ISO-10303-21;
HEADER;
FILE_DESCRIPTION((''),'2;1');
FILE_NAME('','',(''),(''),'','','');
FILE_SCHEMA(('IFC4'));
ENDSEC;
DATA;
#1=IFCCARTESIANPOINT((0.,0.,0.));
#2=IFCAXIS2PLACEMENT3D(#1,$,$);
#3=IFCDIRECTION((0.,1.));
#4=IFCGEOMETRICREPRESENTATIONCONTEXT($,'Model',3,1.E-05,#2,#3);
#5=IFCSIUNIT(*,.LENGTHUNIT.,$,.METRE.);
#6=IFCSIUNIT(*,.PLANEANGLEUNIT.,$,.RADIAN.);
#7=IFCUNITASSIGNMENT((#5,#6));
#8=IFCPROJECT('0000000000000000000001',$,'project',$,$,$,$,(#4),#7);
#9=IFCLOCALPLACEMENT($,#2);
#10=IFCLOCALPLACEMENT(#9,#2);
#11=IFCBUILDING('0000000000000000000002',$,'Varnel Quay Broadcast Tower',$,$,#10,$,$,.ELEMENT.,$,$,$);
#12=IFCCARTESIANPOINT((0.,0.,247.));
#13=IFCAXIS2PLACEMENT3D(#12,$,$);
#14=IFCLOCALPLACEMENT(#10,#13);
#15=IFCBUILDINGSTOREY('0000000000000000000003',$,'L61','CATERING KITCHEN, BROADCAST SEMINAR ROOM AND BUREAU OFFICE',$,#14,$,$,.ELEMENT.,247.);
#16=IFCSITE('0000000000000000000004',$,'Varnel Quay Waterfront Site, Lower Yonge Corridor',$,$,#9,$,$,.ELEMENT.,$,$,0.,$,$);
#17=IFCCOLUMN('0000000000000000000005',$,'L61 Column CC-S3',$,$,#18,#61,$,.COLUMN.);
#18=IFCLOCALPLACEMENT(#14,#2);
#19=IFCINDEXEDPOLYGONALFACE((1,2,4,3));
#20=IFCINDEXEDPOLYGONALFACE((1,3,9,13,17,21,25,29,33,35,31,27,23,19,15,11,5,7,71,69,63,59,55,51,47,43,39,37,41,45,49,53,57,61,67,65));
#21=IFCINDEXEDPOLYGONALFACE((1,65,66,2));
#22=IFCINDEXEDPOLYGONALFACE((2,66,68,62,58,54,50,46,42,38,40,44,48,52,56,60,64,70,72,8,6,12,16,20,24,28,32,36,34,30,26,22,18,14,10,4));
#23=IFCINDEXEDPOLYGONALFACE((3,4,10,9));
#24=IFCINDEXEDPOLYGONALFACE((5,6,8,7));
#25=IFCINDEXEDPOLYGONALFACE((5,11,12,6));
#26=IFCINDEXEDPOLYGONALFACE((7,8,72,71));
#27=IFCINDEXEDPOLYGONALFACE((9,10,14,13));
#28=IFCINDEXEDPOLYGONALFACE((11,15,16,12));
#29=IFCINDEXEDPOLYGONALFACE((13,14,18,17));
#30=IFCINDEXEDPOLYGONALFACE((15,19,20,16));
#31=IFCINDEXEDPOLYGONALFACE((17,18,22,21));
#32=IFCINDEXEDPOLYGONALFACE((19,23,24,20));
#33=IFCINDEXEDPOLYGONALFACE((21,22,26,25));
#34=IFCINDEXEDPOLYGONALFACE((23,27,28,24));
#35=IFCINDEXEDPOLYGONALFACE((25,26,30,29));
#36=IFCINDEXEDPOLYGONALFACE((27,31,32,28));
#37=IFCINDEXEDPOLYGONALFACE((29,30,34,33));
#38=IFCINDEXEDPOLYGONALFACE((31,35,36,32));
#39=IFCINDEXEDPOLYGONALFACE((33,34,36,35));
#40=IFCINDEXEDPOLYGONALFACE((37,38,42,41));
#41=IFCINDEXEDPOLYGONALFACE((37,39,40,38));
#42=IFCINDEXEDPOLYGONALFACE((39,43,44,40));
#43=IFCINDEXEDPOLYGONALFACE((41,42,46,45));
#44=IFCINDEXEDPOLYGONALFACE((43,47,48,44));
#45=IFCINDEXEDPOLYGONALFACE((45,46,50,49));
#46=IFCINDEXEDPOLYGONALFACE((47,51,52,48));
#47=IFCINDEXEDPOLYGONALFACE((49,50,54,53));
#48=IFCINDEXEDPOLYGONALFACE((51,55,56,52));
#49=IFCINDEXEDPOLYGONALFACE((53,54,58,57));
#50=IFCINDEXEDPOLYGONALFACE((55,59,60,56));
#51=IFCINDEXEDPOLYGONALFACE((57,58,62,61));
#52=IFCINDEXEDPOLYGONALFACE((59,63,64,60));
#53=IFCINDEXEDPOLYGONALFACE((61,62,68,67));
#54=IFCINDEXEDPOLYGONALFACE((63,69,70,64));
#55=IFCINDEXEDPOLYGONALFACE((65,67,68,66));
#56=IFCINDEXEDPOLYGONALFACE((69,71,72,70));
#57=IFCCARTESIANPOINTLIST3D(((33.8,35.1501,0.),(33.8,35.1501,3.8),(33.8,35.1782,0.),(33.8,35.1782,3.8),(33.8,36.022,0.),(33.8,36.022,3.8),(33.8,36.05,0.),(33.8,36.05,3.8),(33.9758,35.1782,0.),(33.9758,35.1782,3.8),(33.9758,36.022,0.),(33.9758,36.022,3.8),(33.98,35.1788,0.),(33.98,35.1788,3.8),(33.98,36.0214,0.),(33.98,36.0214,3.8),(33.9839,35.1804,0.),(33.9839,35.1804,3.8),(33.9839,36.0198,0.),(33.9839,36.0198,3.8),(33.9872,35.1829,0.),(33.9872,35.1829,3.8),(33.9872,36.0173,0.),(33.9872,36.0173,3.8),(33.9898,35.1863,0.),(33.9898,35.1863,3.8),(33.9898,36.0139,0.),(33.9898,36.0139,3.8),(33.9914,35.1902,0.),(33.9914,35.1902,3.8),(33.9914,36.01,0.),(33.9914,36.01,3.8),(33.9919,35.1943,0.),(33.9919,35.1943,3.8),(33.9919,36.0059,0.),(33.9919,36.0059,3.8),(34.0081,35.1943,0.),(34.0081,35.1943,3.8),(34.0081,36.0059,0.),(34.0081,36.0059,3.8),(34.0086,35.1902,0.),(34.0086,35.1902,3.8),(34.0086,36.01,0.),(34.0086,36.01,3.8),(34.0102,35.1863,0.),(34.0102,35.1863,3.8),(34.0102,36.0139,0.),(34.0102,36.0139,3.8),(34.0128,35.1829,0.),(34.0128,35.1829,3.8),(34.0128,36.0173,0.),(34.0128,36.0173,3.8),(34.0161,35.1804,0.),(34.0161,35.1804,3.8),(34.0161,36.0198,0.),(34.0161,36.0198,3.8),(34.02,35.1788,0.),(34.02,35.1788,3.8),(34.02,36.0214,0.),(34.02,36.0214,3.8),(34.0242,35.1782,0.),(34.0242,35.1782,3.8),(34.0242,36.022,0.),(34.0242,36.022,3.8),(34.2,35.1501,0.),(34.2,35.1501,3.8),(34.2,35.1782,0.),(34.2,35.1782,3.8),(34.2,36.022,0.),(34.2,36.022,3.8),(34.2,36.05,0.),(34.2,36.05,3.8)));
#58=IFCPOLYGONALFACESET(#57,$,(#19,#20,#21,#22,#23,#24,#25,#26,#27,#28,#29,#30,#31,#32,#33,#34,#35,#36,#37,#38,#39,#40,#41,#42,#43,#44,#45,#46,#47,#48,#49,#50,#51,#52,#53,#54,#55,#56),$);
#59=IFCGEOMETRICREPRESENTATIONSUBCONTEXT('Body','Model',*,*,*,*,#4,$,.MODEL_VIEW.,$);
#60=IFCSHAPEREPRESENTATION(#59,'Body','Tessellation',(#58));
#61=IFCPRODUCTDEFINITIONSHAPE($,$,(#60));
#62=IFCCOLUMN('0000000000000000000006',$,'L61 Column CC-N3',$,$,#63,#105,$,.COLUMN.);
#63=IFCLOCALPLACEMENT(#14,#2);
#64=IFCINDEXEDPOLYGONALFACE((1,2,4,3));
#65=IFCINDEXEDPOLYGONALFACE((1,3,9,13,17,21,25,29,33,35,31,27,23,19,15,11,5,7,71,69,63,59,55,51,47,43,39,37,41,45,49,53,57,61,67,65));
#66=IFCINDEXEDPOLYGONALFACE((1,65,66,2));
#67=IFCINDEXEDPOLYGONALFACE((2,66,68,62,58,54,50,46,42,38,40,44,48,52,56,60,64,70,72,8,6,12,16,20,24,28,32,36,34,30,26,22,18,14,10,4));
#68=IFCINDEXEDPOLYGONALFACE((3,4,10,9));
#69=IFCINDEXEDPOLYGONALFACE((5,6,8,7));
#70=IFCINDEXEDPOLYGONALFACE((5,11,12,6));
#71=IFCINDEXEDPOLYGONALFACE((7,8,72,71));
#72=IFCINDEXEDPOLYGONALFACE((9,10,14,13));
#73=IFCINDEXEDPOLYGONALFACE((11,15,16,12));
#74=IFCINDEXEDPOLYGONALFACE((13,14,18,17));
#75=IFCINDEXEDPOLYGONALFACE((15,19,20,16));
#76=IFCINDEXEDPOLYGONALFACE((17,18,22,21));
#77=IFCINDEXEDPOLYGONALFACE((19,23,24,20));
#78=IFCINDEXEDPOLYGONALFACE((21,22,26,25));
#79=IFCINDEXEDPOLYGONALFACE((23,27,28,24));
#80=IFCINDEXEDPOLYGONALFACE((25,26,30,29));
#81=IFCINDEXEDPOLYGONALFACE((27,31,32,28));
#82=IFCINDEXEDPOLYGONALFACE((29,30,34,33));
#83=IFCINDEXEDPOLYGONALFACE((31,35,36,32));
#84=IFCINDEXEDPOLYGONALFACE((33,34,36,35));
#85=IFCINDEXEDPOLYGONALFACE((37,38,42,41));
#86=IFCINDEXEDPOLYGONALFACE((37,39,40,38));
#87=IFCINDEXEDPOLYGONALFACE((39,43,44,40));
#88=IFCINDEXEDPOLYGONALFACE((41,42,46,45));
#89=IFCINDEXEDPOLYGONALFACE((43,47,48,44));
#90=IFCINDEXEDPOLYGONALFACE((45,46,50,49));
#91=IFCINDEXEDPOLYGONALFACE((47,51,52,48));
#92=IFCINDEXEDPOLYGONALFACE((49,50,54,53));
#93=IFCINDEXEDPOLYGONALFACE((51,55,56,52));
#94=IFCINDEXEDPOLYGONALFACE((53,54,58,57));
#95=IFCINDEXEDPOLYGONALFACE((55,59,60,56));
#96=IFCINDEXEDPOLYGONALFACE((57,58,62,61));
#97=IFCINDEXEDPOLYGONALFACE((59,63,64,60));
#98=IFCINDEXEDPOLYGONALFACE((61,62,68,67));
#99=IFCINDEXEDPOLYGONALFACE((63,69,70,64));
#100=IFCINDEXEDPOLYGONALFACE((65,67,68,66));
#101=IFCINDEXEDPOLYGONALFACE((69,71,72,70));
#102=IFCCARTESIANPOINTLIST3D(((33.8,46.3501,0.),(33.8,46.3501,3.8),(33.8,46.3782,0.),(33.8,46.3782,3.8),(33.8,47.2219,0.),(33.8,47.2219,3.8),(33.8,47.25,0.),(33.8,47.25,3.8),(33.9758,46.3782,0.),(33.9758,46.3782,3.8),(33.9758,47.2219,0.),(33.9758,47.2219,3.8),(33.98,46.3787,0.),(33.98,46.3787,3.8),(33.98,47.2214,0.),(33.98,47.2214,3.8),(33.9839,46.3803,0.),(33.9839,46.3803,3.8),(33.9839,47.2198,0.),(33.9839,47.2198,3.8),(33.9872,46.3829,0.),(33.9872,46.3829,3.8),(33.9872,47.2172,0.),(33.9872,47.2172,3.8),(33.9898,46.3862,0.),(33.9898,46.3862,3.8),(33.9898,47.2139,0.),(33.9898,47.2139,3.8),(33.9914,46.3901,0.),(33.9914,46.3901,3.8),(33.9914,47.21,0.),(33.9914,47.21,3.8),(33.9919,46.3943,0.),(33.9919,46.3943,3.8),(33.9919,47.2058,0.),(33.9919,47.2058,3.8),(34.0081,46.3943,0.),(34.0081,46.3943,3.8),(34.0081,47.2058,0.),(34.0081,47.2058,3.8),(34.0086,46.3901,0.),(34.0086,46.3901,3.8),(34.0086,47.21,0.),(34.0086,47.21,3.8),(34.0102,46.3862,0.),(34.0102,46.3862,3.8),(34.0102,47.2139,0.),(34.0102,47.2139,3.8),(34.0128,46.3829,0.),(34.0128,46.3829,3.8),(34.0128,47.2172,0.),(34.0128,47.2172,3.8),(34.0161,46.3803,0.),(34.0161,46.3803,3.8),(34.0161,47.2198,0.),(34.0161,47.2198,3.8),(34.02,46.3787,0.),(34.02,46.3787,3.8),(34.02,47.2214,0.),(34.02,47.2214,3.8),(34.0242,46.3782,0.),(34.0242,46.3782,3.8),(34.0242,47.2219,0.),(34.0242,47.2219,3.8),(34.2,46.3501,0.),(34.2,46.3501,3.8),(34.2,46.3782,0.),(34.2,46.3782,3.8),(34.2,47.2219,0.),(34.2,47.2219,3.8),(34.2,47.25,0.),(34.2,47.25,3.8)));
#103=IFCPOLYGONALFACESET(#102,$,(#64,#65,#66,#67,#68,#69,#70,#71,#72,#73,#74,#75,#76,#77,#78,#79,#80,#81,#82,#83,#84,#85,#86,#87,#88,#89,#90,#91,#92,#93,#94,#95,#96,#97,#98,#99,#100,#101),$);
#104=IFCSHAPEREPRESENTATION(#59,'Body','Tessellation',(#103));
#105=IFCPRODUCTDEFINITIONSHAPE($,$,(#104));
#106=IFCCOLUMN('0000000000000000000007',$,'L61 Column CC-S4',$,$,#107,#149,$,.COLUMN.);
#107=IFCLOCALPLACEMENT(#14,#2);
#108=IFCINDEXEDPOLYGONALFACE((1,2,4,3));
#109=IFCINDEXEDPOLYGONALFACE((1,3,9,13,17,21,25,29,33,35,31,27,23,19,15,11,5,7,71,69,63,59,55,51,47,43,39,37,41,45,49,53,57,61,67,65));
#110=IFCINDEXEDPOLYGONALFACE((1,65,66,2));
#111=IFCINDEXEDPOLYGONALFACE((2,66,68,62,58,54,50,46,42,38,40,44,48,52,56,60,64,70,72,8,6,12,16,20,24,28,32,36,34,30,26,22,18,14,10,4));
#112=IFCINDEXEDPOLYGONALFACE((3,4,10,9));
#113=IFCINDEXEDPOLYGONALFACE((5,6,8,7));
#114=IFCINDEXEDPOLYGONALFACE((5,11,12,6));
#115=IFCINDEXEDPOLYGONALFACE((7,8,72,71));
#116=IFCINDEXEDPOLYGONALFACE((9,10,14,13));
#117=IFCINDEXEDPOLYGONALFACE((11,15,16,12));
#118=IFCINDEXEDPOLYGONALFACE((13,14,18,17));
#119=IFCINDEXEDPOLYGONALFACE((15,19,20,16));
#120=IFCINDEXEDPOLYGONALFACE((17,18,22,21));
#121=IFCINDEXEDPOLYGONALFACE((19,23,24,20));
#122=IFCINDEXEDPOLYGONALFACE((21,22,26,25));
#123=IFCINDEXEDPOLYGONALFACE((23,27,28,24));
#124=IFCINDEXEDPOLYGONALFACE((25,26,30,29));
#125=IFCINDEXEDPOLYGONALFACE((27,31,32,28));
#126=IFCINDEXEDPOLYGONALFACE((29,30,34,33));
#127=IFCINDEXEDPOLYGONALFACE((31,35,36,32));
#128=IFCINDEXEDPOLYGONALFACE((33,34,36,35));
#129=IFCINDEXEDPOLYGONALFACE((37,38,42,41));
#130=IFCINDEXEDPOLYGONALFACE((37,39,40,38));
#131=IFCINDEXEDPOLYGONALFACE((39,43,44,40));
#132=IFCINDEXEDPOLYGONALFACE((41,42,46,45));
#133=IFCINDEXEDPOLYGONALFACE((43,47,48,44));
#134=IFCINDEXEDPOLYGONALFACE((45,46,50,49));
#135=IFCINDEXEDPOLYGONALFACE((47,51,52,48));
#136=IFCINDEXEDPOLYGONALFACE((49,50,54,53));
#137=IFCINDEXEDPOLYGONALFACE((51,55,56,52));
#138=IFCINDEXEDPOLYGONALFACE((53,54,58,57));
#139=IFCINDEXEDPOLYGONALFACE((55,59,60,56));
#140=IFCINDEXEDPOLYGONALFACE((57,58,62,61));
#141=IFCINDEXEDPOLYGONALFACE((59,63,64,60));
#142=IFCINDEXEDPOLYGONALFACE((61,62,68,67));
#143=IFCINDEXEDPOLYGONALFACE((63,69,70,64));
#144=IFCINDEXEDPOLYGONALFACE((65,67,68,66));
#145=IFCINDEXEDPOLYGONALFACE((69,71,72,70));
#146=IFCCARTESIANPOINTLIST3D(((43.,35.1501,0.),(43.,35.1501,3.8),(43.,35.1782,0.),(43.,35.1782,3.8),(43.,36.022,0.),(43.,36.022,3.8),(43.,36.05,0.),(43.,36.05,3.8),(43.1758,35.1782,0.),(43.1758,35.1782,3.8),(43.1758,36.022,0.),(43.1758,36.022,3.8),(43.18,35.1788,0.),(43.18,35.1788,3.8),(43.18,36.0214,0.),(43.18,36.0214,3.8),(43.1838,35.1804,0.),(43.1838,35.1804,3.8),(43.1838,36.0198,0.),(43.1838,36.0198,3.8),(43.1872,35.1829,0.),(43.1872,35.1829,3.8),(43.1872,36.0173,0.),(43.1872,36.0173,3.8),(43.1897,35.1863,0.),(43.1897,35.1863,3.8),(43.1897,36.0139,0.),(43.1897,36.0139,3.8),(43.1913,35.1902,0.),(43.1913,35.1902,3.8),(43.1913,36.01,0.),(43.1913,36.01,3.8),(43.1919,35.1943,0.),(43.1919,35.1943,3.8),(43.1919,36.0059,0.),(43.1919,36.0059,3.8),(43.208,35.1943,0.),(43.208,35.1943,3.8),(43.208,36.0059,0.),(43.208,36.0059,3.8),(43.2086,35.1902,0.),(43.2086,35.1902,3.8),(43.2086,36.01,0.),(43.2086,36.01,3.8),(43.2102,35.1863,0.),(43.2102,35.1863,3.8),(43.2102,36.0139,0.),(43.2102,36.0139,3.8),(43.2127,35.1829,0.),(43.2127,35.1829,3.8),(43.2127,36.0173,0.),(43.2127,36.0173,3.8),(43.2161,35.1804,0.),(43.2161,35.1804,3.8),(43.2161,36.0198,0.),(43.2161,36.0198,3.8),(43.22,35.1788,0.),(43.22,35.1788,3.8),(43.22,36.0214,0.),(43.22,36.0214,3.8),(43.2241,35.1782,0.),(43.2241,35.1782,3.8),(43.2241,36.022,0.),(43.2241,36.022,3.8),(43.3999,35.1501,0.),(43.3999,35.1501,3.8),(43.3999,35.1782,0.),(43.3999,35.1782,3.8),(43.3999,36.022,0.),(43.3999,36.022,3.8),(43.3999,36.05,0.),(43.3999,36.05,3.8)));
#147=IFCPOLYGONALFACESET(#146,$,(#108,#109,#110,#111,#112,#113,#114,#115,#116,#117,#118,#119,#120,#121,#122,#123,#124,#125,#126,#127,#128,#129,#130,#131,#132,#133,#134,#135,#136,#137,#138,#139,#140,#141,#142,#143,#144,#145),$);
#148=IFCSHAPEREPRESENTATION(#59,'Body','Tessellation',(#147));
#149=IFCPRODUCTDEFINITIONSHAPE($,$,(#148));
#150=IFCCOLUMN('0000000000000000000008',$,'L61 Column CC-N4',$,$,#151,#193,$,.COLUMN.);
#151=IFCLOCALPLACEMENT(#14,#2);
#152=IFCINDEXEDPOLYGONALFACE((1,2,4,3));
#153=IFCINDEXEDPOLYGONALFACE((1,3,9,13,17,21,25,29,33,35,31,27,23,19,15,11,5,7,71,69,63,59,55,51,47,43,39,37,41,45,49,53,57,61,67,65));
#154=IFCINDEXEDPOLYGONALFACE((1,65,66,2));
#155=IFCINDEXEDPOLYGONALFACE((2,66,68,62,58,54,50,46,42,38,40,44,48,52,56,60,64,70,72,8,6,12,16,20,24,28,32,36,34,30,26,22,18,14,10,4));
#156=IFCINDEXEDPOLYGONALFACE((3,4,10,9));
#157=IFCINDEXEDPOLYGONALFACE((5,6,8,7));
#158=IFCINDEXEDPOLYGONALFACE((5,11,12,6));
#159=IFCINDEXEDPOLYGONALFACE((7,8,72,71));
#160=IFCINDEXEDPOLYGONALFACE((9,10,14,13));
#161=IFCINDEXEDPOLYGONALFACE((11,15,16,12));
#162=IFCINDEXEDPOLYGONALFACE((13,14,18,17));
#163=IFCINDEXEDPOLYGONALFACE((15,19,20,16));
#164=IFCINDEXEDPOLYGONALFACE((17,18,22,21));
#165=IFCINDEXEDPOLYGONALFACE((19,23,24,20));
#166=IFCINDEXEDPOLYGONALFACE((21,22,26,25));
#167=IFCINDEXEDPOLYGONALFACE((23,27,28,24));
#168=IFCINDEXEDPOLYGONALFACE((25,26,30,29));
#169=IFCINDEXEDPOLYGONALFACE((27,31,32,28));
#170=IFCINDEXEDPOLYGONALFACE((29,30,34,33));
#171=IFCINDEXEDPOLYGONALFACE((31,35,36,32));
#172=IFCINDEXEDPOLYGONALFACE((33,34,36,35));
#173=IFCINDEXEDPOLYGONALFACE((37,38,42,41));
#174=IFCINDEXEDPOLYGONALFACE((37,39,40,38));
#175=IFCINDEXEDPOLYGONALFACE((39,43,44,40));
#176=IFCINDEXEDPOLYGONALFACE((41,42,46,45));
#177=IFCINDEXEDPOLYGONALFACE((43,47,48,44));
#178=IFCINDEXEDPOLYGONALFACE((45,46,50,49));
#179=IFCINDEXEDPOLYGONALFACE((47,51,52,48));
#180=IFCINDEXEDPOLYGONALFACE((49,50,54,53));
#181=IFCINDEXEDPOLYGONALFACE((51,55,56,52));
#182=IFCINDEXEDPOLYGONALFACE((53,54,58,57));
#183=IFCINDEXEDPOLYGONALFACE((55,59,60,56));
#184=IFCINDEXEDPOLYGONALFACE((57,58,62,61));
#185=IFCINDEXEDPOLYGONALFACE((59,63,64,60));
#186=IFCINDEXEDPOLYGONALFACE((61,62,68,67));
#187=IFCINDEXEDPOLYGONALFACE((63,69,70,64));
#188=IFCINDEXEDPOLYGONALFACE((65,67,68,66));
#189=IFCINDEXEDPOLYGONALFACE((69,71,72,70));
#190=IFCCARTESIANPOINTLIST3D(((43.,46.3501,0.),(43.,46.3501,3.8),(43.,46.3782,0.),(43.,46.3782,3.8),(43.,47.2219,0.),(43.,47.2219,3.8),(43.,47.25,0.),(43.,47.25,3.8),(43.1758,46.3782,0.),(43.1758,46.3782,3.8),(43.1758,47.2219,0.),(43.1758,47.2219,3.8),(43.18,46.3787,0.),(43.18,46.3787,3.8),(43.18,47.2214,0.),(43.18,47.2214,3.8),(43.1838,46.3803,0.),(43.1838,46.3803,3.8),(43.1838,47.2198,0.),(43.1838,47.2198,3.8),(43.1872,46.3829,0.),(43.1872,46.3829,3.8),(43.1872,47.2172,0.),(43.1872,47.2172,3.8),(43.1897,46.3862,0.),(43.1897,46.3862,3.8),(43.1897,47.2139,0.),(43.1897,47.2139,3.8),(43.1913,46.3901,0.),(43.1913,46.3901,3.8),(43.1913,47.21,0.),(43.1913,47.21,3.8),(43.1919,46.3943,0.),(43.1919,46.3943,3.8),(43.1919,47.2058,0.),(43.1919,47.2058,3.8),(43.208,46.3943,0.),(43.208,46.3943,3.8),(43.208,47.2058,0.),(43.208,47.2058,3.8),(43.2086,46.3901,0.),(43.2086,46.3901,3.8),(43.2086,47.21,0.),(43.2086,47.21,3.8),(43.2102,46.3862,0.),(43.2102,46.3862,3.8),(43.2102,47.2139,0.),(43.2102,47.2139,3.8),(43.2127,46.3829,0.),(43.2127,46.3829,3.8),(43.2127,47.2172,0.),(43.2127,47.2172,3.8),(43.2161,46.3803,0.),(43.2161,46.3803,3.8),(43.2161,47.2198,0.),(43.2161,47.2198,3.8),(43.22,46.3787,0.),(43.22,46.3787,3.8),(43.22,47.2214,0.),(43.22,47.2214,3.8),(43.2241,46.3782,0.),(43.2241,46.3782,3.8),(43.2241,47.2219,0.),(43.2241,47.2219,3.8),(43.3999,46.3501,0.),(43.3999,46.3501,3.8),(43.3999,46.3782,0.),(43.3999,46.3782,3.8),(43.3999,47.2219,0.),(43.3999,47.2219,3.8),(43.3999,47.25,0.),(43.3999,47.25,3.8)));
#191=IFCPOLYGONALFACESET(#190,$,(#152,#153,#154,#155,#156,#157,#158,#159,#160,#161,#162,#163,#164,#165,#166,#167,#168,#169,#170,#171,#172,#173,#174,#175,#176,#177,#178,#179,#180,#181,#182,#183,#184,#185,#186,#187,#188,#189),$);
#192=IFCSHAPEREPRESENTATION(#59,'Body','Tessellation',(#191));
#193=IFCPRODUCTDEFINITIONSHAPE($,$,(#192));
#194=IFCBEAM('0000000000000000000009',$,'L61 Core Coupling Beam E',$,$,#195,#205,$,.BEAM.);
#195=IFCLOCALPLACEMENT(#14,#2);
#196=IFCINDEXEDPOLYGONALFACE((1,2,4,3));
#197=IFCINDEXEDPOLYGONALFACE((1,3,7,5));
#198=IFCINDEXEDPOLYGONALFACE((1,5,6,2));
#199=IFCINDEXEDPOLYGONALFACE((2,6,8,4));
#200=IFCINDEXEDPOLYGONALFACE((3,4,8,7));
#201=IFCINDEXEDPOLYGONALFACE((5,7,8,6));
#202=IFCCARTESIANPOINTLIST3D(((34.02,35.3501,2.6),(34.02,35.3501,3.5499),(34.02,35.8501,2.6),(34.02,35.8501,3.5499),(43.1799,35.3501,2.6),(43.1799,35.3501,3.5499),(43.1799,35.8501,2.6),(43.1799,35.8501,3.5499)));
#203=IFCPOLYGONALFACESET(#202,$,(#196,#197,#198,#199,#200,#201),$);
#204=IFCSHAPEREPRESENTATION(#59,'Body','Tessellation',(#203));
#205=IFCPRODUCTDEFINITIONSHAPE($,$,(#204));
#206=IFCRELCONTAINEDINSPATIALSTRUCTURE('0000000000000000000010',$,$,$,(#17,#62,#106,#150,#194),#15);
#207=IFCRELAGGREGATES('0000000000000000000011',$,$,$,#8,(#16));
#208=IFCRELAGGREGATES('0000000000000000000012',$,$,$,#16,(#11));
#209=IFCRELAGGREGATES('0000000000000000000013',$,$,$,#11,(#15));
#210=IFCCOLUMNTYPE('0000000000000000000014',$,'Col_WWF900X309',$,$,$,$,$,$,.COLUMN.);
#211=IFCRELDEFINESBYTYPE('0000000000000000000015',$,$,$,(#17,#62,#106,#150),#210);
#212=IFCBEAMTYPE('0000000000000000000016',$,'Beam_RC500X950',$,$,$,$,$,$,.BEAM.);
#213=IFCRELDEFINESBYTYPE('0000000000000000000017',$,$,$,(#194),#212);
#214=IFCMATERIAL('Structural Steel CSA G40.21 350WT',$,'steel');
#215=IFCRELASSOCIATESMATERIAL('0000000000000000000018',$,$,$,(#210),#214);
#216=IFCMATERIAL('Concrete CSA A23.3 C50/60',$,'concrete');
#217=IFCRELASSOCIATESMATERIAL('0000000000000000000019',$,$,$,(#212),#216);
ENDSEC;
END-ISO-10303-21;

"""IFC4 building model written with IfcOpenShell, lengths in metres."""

from ifc_helpers import new_model, si_unit, direction, frame, origin, origin_2d, place, context, subcontext, project, spatial, rectangle, i_section, extrude, source, transform, mapped, material, material_profile, profile_set, type_object, type_shapes, element, save


model = new_model("IFC4")

# Units and contexts
model_context = context("Model", 3, precision=1e-05, world=origin(), true_north=direction((0.0, 1.0)))
body_context = subcontext(model_context, "Body", "Model", "MODEL_VIEW")
ifc_project = project(units=[si_unit("LENGTHUNIT", "METRE"), si_unit("PLANEANGLEUNIT", "RADIAN")], contexts=[model_context])

# Site, building, storey
site_placement = place(None, origin())
site = spatial("IfcSite", under=ifc_project, at=site_placement, Name="Varnel Quay Waterfront Site, Lower Yonge Corridor", CompositionType="ELEMENT", RefElevation=0.0)
building_placement = place(site_placement, origin())
building = spatial("IfcBuilding", under=site, at=building_placement, Name="Varnel Quay Broadcast Tower", CompositionType="ELEMENT")
storey_placement = place(building_placement, frame((0.0, 0.0, 247.0)))
storey = spatial("IfcBuildingStorey", under=building, at=storey_placement, Name="L61", Description="CATERING KITCHEN, BROADCAST SEMINAR ROOM AND BUREAU OFFICE", CompositionType="ELEMENT", Elevation=247.0)

# Columns
ifc_material_1 = material(Name="Structural Steel CSA G40.21 350WT", Category="steel")
ifc_material_profile_1 = material_profile(ifc_material_1, i_section(OverallWidth=0.3999, OverallDepth=0.8999, WebThickness=0.0161, FlangeThickness=0.0281, FilletRadius=0.0161, at=origin_2d()), Name="WWF900X309")
ifc_profile_set_1 = profile_set([ifc_material_profile_1], Name="Structural Steel CSA G40.21 350WT")
column_type = type_object("IfcColumnType", Name="Col_WWF900X309", PredefinedType="COLUMN", material=ifc_profile_set_1)
shared_shape_1 = source(origin(), body_context, "Body", "SweptSolid", [
    extrude(i_section(OverallWidth=0.3999, OverallDepth=0.8999, WebThickness=0.0161, FlangeThickness=0.0281, FilletRadius=0.0161, at=origin_2d()), origin(), (0.0, 0.0, 1.0), 3.8),
])
type_shapes(column_type, [shared_shape_1])
for number, where, z_axis, x_axis, name in (
    (1, (34.0, 35.6001, 0.0), (0.0, 0.0, 1.0), (1.0, 0.0, 0.0), "L61 Column CC-S3"),
    (2, (34.0, 46.8, 0.0), (0.0, 0.0, 1.0), (1.0, 0.0, 0.0), "L61 Column CC-N3"),
    (3, (43.2, 35.6001, 0.0), (0.0, 0.0, 1.0), (1.0, 0.0, 0.0), "L61 Column CC-S4"),
    (4, (43.2, 46.8, 0.0), (0.0, 0.0, 1.0), (1.0, 0.0, 0.0), "L61 Column CC-N4"),
):
    element("IfcColumn", number, at=place(storey_placement, frame(where, z_axis=z_axis, x_axis=x_axis)), inside=storey, type_object=column_type, Name=name, PredefinedType="COLUMN", context=body_context, shape_type="MappedRepresentation", body=[
        mapped(shared_shape_1, transform((0.0, 0.0, 0.0), x_axis=(1.0, 0.0, 0.0), y_axis=(0.0, 1.0, 0.0), z_axis=(0.0, 0.0, 1.0), scale=1.0)),
    ])

# Beam
ifc_material_2 = material(Name="Concrete CSA A23.3 C50/60", Category="concrete")
ifc_material_profile_2 = material_profile(ifc_material_2, rectangle(XDim=0.5, YDim=0.95, at=origin_2d()), Name="RC500X950")
ifc_profile_set_2 = profile_set([ifc_material_profile_2], Name="Concrete CSA A23.3 C50/60")
beam_type_1 = type_object("IfcBeamType", Name="Beam_RC500X950", PredefinedType="BEAM", material=ifc_profile_set_2)
shared_shape_2 = source(origin(), body_context, "Body", "SweptSolid", [
    extrude(rectangle(XDim=0.5, YDim=0.95, at=origin_2d()), origin(), (0.0, 0.0, 1.0), 9.1599),
])
type_shapes(beam_type_1, [shared_shape_2])
beam_1_placement = place(storey_placement, frame((34.02, 35.6001, 3.075), z_axis=(1.0, 0.0, 0.0), x_axis=(0.0, 1.0, 0.0)))
element("IfcBeam", 5, at=beam_1_placement, inside=storey, type_object=beam_type_1, Name="L61 Core Coupling Beam E", PredefinedType="BEAM", context=body_context, shape_type="MappedRepresentation", body=[
    mapped(shared_shape_2, transform((0.0, 0.0, 0.0), x_axis=(1.0, 0.0, 0.0), y_axis=(0.0, 1.0, 0.0), z_axis=(0.0, 0.0, 1.0), scale=1.0)),
])

save(model, "model.ifc")
